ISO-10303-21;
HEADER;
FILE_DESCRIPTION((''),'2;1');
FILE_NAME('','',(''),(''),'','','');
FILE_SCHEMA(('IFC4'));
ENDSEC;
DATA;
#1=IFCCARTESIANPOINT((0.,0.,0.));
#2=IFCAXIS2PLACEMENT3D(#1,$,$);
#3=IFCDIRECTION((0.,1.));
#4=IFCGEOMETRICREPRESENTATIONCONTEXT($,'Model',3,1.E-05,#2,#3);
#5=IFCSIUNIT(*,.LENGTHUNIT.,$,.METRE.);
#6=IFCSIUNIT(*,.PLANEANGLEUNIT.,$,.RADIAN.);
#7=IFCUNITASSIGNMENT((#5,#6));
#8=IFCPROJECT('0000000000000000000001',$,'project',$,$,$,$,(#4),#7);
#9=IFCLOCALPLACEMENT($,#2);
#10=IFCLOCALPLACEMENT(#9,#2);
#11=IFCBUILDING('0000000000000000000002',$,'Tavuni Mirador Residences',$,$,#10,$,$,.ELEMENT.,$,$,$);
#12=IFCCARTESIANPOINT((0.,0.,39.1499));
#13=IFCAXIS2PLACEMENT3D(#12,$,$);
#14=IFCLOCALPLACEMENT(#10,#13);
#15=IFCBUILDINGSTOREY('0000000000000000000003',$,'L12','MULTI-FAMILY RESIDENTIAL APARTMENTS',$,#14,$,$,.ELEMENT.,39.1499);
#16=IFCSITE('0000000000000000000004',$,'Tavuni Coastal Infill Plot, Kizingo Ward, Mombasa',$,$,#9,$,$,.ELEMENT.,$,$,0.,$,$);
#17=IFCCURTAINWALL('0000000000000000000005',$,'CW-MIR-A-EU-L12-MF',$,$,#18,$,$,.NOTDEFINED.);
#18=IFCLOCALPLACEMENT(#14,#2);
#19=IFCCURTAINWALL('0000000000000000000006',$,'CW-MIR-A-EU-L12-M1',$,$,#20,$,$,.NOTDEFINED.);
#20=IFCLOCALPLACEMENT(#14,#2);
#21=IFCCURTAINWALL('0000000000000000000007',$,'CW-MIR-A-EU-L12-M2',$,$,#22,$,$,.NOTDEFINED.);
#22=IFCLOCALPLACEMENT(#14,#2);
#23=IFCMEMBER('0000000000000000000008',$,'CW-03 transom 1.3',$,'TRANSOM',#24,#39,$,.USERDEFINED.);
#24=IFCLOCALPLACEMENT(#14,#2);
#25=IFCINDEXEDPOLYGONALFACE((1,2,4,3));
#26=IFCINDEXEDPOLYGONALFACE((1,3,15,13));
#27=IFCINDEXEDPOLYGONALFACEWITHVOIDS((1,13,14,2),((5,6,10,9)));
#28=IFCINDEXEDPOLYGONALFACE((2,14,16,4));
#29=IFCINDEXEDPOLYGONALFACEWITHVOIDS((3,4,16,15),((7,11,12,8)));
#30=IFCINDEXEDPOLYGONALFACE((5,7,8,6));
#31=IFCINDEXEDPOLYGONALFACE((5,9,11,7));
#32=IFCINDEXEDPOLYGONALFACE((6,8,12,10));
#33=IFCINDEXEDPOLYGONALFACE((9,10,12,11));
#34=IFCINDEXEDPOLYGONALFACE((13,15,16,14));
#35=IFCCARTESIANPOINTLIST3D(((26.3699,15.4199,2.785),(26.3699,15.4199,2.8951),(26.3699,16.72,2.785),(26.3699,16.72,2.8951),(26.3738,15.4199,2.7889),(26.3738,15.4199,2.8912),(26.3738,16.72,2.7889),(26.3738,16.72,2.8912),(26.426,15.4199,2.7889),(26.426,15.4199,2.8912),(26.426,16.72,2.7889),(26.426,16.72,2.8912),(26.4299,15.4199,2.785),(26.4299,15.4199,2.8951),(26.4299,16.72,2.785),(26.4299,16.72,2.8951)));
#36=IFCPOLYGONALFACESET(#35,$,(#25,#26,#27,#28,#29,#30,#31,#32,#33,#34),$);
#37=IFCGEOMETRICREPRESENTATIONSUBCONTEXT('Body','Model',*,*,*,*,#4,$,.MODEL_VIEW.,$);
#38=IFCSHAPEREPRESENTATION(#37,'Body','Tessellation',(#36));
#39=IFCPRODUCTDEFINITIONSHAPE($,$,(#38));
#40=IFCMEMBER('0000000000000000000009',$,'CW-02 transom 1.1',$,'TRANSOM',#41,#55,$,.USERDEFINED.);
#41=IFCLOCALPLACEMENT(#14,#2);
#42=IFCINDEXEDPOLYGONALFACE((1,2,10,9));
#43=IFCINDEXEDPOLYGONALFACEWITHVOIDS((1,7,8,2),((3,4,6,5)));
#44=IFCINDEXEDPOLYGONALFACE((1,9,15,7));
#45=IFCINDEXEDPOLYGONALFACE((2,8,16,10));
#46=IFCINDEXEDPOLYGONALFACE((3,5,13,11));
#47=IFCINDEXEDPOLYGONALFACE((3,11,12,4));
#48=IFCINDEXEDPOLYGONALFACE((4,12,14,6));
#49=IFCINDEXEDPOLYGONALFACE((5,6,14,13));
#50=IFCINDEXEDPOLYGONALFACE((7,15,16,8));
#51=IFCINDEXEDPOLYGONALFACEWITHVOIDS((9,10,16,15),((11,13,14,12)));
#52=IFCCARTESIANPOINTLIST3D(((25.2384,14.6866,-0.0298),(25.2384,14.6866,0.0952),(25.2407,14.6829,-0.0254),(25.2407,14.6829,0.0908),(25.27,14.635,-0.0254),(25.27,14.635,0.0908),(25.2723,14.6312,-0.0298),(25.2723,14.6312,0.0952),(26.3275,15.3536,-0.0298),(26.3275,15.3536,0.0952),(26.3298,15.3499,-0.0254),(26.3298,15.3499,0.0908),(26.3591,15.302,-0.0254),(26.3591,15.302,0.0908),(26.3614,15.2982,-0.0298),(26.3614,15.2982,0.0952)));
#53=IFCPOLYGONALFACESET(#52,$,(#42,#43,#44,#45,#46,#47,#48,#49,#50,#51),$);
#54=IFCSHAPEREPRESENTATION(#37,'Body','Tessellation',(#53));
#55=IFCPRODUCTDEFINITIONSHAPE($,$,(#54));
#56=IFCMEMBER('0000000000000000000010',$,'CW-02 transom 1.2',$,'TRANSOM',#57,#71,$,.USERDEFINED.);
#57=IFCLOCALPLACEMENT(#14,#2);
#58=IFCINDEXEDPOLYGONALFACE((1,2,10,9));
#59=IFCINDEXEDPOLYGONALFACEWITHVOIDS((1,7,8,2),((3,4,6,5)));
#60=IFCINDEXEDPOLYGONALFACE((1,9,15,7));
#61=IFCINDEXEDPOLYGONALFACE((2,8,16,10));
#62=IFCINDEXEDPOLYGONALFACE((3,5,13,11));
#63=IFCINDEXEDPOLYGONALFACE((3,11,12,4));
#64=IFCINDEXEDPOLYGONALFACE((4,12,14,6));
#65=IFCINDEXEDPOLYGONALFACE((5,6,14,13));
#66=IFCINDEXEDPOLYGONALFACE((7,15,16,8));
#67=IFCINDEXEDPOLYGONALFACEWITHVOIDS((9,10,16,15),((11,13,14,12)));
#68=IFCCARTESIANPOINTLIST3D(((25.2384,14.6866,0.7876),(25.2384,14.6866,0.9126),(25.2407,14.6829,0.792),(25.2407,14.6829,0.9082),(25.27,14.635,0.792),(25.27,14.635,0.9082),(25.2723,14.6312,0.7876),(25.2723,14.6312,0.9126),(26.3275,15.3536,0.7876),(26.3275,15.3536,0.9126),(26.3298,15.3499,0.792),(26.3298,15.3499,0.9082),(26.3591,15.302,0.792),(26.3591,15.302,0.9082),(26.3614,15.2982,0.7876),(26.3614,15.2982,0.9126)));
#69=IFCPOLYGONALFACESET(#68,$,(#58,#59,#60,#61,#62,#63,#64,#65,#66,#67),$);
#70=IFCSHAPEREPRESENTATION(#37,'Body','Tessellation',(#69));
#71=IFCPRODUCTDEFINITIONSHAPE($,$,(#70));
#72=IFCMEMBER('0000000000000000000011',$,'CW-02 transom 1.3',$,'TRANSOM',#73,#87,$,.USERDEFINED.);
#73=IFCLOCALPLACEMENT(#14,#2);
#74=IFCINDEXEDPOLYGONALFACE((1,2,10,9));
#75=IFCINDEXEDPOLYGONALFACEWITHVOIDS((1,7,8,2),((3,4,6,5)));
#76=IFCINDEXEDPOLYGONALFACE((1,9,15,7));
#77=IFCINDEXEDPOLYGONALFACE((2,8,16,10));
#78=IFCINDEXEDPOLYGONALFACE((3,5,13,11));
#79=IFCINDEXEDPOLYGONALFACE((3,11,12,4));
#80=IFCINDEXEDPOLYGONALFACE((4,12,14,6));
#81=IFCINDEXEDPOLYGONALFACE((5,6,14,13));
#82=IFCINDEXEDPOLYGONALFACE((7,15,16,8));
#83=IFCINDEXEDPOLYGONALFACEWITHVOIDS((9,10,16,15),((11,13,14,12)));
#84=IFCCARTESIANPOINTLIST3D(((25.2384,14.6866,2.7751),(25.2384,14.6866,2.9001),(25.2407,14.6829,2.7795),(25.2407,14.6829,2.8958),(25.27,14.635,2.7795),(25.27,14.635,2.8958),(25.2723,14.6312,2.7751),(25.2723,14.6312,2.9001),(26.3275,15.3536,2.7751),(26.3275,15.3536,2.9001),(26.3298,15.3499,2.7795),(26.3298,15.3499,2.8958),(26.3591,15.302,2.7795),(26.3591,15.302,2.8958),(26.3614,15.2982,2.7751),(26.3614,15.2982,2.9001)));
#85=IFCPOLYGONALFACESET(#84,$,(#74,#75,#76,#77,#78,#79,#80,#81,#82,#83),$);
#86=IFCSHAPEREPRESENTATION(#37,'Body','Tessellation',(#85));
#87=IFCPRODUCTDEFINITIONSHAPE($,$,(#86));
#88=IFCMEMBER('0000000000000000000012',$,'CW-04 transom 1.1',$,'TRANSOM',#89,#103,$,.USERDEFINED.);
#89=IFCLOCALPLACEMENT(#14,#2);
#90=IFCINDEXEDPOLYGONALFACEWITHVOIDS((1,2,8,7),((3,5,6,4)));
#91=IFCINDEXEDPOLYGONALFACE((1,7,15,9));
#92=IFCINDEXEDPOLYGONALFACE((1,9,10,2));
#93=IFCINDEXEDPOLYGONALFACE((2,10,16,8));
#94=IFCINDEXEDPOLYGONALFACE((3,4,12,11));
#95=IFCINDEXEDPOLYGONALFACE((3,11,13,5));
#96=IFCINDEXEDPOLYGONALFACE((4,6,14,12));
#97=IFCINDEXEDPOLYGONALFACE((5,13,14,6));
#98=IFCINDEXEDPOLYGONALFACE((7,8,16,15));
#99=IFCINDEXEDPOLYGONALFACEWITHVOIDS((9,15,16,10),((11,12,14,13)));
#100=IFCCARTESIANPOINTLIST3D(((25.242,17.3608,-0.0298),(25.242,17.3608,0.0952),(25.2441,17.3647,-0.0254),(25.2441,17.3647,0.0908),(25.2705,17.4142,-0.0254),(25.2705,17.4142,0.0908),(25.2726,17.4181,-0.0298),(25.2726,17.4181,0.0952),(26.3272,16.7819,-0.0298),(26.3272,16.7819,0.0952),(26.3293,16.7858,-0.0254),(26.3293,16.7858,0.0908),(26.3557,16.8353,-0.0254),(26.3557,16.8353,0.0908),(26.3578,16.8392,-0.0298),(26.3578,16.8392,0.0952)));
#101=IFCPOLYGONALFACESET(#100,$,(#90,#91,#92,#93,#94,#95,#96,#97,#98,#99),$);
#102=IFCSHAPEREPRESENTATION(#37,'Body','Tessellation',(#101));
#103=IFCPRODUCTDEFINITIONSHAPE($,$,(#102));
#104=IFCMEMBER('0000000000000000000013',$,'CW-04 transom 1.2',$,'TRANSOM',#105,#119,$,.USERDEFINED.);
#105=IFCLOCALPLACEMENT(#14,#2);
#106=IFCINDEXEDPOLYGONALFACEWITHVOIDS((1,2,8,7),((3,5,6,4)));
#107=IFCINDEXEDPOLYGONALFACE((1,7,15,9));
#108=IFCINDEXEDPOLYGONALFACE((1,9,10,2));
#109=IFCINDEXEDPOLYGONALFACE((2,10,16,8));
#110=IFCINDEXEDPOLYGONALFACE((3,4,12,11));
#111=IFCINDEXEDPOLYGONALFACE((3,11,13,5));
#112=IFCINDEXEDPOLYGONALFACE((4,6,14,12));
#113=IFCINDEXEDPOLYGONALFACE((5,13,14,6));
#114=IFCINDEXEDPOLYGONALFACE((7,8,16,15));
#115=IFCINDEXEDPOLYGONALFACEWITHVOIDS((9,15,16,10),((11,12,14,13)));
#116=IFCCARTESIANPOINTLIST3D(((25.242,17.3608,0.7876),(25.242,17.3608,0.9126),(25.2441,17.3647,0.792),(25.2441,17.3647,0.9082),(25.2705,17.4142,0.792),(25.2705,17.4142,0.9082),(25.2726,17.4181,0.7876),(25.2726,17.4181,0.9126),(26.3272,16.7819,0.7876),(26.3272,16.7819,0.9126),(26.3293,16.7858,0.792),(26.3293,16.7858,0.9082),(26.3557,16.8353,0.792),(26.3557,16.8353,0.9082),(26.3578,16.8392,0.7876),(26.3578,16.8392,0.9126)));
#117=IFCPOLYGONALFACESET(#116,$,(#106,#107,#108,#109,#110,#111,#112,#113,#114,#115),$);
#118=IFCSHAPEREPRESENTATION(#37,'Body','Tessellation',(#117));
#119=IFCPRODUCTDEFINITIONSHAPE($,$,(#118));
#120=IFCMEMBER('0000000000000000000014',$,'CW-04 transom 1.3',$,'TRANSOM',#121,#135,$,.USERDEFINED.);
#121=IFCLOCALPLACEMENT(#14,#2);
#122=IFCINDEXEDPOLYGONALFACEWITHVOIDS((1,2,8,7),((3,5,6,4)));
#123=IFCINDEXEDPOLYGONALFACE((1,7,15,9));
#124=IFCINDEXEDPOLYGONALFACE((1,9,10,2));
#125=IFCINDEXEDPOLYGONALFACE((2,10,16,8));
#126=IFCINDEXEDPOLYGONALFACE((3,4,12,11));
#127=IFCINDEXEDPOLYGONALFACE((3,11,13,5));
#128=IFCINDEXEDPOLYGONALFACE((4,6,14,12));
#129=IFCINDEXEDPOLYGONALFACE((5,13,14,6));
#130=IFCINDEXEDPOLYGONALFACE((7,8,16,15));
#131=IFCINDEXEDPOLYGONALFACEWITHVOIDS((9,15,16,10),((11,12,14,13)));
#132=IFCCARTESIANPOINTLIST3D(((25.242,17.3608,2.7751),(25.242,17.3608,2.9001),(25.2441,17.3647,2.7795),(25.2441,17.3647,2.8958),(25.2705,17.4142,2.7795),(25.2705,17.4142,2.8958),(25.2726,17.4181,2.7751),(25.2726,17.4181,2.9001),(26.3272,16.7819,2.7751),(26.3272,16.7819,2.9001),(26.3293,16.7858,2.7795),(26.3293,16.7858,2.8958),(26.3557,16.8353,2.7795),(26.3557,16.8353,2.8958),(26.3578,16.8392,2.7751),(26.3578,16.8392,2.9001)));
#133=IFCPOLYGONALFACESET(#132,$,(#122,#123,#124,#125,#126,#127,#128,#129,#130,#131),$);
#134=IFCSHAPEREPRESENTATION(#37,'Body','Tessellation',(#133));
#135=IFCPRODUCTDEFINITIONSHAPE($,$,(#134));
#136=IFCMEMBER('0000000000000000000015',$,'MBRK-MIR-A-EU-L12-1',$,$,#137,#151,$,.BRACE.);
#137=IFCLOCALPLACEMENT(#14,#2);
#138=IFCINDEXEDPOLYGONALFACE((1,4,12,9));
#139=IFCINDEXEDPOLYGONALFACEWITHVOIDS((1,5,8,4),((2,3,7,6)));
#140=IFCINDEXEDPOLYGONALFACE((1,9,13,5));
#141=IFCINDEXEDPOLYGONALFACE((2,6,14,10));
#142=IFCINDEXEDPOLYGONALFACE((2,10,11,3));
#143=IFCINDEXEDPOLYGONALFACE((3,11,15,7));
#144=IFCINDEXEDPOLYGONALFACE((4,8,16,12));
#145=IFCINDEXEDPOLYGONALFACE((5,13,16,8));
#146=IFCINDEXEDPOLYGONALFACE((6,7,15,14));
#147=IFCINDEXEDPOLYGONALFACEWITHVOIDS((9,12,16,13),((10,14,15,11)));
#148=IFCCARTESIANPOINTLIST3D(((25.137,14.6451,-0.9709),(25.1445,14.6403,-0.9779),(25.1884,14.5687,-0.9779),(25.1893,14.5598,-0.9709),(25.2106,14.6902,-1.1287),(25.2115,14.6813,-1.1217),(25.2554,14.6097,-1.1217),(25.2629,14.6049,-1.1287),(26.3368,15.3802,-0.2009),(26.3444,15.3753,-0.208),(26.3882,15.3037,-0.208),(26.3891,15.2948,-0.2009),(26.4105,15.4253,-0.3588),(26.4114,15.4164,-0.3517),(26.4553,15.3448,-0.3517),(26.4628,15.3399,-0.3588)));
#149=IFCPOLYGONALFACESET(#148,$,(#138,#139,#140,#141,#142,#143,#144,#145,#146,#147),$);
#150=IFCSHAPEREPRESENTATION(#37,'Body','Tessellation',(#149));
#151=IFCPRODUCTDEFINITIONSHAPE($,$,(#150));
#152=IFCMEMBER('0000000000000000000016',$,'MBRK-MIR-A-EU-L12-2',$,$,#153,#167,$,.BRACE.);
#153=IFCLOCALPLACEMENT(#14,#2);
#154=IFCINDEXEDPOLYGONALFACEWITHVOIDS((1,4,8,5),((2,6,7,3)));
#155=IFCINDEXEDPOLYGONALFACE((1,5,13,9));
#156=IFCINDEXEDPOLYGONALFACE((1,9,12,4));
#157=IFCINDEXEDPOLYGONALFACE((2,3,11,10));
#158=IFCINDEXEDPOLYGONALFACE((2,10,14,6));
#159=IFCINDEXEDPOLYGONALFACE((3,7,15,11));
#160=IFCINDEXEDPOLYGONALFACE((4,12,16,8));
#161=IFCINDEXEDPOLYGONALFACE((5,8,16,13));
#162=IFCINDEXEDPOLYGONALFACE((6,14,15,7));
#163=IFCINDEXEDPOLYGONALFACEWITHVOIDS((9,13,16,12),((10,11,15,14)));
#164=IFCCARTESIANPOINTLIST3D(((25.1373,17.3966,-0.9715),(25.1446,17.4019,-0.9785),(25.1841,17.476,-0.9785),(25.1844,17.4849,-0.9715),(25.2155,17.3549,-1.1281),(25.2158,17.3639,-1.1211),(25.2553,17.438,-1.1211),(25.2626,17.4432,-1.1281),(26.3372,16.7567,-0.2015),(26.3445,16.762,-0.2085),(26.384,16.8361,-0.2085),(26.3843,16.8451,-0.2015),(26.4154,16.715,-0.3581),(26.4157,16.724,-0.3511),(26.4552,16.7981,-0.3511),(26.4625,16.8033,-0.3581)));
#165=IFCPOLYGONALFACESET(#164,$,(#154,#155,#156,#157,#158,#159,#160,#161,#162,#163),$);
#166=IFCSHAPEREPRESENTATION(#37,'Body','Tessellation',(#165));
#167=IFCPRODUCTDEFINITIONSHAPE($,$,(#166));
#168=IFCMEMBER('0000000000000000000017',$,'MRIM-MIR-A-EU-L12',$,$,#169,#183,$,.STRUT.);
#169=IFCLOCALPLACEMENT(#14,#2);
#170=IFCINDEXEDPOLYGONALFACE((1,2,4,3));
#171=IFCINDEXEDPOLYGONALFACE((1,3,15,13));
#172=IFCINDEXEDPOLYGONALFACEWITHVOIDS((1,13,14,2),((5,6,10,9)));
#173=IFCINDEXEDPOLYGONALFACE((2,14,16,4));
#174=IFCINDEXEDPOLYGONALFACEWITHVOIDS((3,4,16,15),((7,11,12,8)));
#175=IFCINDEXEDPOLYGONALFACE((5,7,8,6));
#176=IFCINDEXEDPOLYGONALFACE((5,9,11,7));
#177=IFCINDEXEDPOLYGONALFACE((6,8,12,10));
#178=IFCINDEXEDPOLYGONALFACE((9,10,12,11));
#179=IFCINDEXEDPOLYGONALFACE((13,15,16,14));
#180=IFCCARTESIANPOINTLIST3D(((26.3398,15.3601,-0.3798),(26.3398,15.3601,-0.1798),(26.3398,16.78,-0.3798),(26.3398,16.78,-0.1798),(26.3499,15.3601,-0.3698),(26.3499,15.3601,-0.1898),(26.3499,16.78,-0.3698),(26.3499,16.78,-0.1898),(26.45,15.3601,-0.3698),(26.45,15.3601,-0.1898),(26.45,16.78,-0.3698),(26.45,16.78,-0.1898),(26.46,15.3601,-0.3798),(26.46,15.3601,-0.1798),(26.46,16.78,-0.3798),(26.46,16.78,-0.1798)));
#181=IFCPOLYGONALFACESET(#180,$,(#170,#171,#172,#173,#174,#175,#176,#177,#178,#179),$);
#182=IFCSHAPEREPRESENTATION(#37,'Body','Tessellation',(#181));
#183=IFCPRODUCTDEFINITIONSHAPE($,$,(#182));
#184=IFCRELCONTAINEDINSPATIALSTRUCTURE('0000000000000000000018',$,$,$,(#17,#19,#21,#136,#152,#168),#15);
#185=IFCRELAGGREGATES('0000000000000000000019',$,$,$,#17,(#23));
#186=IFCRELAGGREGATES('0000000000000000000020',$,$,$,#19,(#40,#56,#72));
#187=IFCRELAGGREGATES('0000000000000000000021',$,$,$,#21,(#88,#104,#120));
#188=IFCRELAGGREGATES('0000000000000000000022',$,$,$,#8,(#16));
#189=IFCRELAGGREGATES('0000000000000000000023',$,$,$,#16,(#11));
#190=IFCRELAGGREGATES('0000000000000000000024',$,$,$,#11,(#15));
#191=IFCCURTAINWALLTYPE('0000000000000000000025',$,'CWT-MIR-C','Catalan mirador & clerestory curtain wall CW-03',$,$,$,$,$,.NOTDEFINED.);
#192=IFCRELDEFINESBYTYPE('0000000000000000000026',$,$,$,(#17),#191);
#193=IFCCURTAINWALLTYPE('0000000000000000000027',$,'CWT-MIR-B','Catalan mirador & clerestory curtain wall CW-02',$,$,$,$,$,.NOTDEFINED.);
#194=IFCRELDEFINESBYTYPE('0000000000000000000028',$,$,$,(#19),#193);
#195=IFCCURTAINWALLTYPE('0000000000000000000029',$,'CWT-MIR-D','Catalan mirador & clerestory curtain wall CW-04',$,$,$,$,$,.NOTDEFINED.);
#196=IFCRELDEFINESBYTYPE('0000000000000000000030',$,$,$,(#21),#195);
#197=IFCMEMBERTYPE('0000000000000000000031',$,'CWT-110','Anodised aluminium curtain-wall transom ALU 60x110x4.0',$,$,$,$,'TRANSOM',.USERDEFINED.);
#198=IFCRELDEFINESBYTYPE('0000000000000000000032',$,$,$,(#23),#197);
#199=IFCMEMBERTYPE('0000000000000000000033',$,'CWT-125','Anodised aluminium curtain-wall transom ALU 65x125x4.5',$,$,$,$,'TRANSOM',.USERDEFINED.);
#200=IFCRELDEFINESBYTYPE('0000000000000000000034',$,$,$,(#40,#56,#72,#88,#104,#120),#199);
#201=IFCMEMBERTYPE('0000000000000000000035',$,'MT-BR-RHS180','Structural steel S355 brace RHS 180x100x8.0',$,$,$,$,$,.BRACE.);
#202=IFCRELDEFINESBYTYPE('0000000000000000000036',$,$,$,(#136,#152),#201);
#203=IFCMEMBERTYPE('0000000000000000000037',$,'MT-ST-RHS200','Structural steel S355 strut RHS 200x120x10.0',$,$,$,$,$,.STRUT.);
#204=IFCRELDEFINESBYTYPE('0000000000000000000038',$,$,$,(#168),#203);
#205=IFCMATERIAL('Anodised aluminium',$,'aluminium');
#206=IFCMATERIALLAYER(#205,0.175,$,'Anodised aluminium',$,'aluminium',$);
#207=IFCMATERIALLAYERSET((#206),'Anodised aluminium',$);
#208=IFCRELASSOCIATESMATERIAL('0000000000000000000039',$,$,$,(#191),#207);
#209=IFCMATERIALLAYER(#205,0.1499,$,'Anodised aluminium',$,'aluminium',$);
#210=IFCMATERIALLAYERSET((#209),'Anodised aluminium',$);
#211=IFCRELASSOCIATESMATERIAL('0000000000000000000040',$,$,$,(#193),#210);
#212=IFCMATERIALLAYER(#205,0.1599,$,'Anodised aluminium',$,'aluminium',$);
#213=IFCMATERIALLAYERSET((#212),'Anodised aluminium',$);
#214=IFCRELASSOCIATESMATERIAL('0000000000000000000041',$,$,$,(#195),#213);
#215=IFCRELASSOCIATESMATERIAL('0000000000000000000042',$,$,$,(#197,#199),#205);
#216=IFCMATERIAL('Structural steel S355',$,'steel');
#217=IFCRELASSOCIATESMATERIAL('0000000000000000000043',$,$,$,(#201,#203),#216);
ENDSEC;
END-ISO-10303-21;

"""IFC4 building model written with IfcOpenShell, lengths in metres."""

from ifc_helpers import new_model, si_unit, direction, frame, origin, origin_2d, place, context, subcontext, project, spatial, hollow_rectangle, extrude, material, layer, layer_set, material_profile, profile_set, type_object, element, aggregate, save


model = new_model("IFC4")

# Units and contexts
model_context = context("Model", 3, precision=1e-05, world=origin(), true_north=direction((0.0, 1.0)))
body_context = subcontext(model_context, "Body", "Model", "MODEL_VIEW")
ifc_project = project(units=[si_unit("LENGTHUNIT", "METRE"), si_unit("PLANEANGLEUNIT", "RADIAN")], contexts=[model_context])

# Site, building, storey
site_placement = place(None, origin())
site = spatial("IfcSite", under=ifc_project, at=site_placement, Name="Tavuni Coastal Infill Plot, Kizingo Ward, Mombasa", CompositionType="ELEMENT", RefElevation=0.0)
building_placement = place(site_placement, origin())
building = spatial("IfcBuilding", under=site, at=building_placement, Name="Tavuni Mirador Residences", CompositionType="ELEMENT")
storey_placement = place(building_placement, frame((0.0, 0.0, 39.1499)))
storey = spatial("IfcBuildingStorey", under=building, at=storey_placement, Name="L12", Description="MULTI-FAMILY RESIDENTIAL APARTMENTS", CompositionType="ELEMENT", Elevation=39.1499)

# Curtain walls
ifc_material_1 = material(Name="Anodised aluminium", Category="aluminium")
ifc_layer_1 = layer(ifc_material_1, 0.175, Name="Anodised aluminium", Category="aluminium")
ifc_layer_set_1 = layer_set([ifc_layer_1], Name="Anodised aluminium")
curtain_wall_type_1 = type_object("IfcCurtainWallType", Name="CWT-MIR-C", Description="Catalan mirador & clerestory curtain wall CW-03", PredefinedType="NOTDEFINED", material=ifc_layer_set_1)
curtain_wall_1_placement = place(storey_placement, origin())
curtain_wall_1 = element("IfcCurtainWall", 1, at=curtain_wall_1_placement, inside=storey, type_object=curtain_wall_type_1, Name="CW-MIR-A-EU-L12-MF", PredefinedType="NOTDEFINED")
ifc_layer_2 = layer(ifc_material_1, 0.1499, Name="Anodised aluminium", Category="aluminium")
ifc_layer_set_2 = layer_set([ifc_layer_2], Name="Anodised aluminium")
curtain_wall_type_2 = type_object("IfcCurtainWallType", Name="CWT-MIR-B", Description="Catalan mirador & clerestory curtain wall CW-02", PredefinedType="NOTDEFINED", material=ifc_layer_set_2)
curtain_wall_2_placement = place(storey_placement, origin())
curtain_wall_2 = element("IfcCurtainWall", 2, at=curtain_wall_2_placement, inside=storey, type_object=curtain_wall_type_2, Name="CW-MIR-A-EU-L12-M1", PredefinedType="NOTDEFINED")
ifc_layer_3 = layer(ifc_material_1, 0.1599, Name="Anodised aluminium", Category="aluminium")
ifc_layer_set_3 = layer_set([ifc_layer_3], Name="Anodised aluminium")
curtain_wall_type_3 = type_object("IfcCurtainWallType", Name="CWT-MIR-D", Description="Catalan mirador & clerestory curtain wall CW-04", PredefinedType="NOTDEFINED", material=ifc_layer_set_3)
curtain_wall_3_placement = place(storey_placement, origin())
curtain_wall_3 = element("IfcCurtainWall", 3, at=curtain_wall_3_placement, inside=storey, type_object=curtain_wall_type_3, Name="CW-MIR-A-EU-L12-M2", PredefinedType="NOTDEFINED")

# Members
ifc_material_profile_1 = material_profile(ifc_material_1, hollow_rectangle(XDim=0.0601, YDim=0.1101, WallThickness=0.0039, at=origin_2d()), Name="ALU 60x110x4.0", Category="aluminium")
ifc_profile_set_1 = profile_set([ifc_material_profile_1], Name="Anodised aluminium")
member_type_1 = type_object("IfcMemberType", Name="CWT-110", Description="Anodised aluminium curtain-wall transom ALU 60x110x4.0", ElementType="TRANSOM", PredefinedType="USERDEFINED", material=ifc_profile_set_1)
member_1_placement = place(storey_placement, frame((26.3999, 15.4199, 2.8401), z_axis=(0.0, 1.0, 0.0), x_axis=(-1.0, 0.0, 0.0)))
member_1 = element("IfcMember", 4, at=member_1_placement, type_object=member_type_1, Name="CW-03 transom 1.3", ObjectType="TRANSOM", PredefinedType="USERDEFINED", context=body_context, shape_type="SweptSolid", body=[
    extrude(hollow_rectangle(XDim=0.0601, YDim=0.1101, WallThickness=0.0039, at=origin_2d()), origin(), (0.0, 0.0, 1.0), 1.3),
])
ifc_material_profile_2 = material_profile(ifc_material_1, hollow_rectangle(XDim=0.0649, YDim=0.125, WallThickness=0.0044, at=origin_2d()), Name="ALU 65x125x4.5", Category="aluminium")
ifc_profile_set_2 = profile_set([ifc_material_profile_2], Name="Anodised aluminium")
member_type_2 = type_object("IfcMemberType", Name="CWT-125", Description="Anodised aluminium curtain-wall transom ALU 65x125x4.5", ElementType="TRANSOM", PredefinedType="USERDEFINED", material=ifc_profile_set_2)
member_2_placement = place(storey_placement, frame((25.2554, 14.6589, 0.0327), z_axis=(0.852785, 0.522262, 0.0), x_axis=(-0.522262, 0.852785, 0.0)))
member_2 = element("IfcMember", 5, at=member_2_placement, type_object=member_type_2, Name="CW-02 transom 1.1", ObjectType="TRANSOM", PredefinedType="USERDEFINED", context=body_context, shape_type="SweptSolid", body=[
    extrude(hollow_rectangle(XDim=0.0649, YDim=0.125, WallThickness=0.0044, at=origin_2d()), origin(), (0.0, 0.0, 1.0), 1.2771),
])
member_3_placement = place(storey_placement, frame((25.2554, 14.6589, 0.8501), z_axis=(0.852785, 0.522262, 0.0), x_axis=(-0.522262, 0.852785, 0.0)))
member_3 = element("IfcMember", 6, at=member_3_placement, type_object=member_type_2, Name="CW-02 transom 1.2", ObjectType="TRANSOM", PredefinedType="USERDEFINED", context=body_context, shape_type="SweptSolid", body=[
    extrude(hollow_rectangle(XDim=0.0649, YDim=0.125, WallThickness=0.0044, at=origin_2d()), origin(), (0.0, 0.0, 1.0), 1.2771),
])
member_4_placement = place(storey_placement, frame((25.2554, 14.6589, 2.8376), z_axis=(0.852785, 0.522262, 0.0), x_axis=(-0.522262, 0.852785, 0.0)))
member_4 = element("IfcMember", 7, at=member_4_placement, type_object=member_type_2, Name="CW-02 transom 1.3", ObjectType="TRANSOM", PredefinedType="USERDEFINED", context=body_context, shape_type="SweptSolid", body=[
    extrude(hollow_rectangle(XDim=0.0649, YDim=0.125, WallThickness=0.0044, at=origin_2d()), origin(), (0.0, 0.0, 1.0), 1.2771),
])
member_5_placement = place(storey_placement, frame((26.3425, 16.8105, 0.0327), z_axis=(-0.882325, 0.47064, 0.0), x_axis=(-0.47064, -0.882325, 0.0)))
member_5 = element("IfcMember", 8, at=member_5_placement, type_object=member_type_2, Name="CW-04 transom 1.1", ObjectType="TRANSOM", PredefinedType="USERDEFINED", context=body_context, shape_type="SweptSolid", body=[
    extrude(hollow_rectangle(XDim=0.0649, YDim=0.125, WallThickness=0.0044, at=origin_2d()), origin(), (0.0, 0.0, 1.0), 1.23),
])
member_6_placement = place(storey_placement, frame((26.3425, 16.8105, 0.8501), z_axis=(-0.882325, 0.47064, 0.0), x_axis=(-0.47064, -0.882325, 0.0)))
member_6 = element("IfcMember", 9, at=member_6_placement, type_object=member_type_2, Name="CW-04 transom 1.2", ObjectType="TRANSOM", PredefinedType="USERDEFINED", context=body_context, shape_type="SweptSolid", body=[
    extrude(hollow_rectangle(XDim=0.0649, YDim=0.125, WallThickness=0.0044, at=origin_2d()), origin(), (0.0, 0.0, 1.0), 1.23),
])
member_7_placement = place(storey_placement, frame((26.3425, 16.8105, 2.8376), z_axis=(-0.882325, 0.47064, 0.0), x_axis=(-0.47064, -0.882325, 0.0)))
member_7 = element("IfcMember", 10, at=member_7_placement, type_object=member_type_2, Name="CW-04 transom 1.3", ObjectType="TRANSOM", PredefinedType="USERDEFINED", context=body_context, shape_type="SweptSolid", body=[
    extrude(hollow_rectangle(XDim=0.0649, YDim=0.125, WallThickness=0.0044, at=origin_2d()), origin(), (0.0, 0.0, 1.0), 1.23),
])

# Members
ifc_material_2 = material(Name="Structural steel S355", Category="steel")
ifc_material_profile_3 = material_profile(ifc_material_2, hollow_rectangle(XDim=0.1001, YDim=0.1799, WallThickness=0.0081, at=origin_2d()), Name="RHS 180x100x8.0", Category="steel")
ifc_profile_set_3 = profile_set([ifc_material_profile_3], Name="Structural steel S355")
member_type_3 = type_object("IfcMemberType", Name="MT-BR-RHS180", Description="Structural steel S355 brace RHS 180x100x8.0", PredefinedType="BRACE", material=ifc_profile_set_3)
member_8_placement = place(storey_placement, frame((25.2, 14.625, -1.0498), z_axis=(0.748044, 0.458263, 0.480027), x_axis=(-0.522383, 0.852711, 0.0)))
element("IfcMember", 11, at=member_8_placement, inside=storey, type_object=member_type_3, Name="MBRK-MIR-A-EU-L12-1", PredefinedType="BRACE", context=body_context, shape_type="SweptSolid", body=[
    extrude(hollow_rectangle(XDim=0.1001, YDim=0.1799, WallThickness=0.0081, at=origin_2d()), origin(), (0.0, 0.0, 1.0), 1.604),
])
member_9_placement = place(storey_placement, frame((25.2, 17.4199, -1.0498), z_axis=(0.767832, -0.409458, 0.492725), x_axis=(0.470542, 0.882378, 0.0)))
element("IfcMember", 12, at=member_9_placement, inside=storey, type_object=member_type_3, Name="MBRK-MIR-A-EU-L12-2", PredefinedType="BRACE", context=body_context, shape_type="SweptSolid", body=[
    extrude(hollow_rectangle(XDim=0.1001, YDim=0.1799, WallThickness=0.0081, at=origin_2d()), origin(), (0.0, 0.0, 1.0), 1.5627),
])
ifc_material_profile_4 = material_profile(ifc_material_2, hollow_rectangle(XDim=0.1201, YDim=0.2, WallThickness=0.01, at=origin_2d()), Name="RHS 200x120x10.0", Category="steel")
ifc_profile_set_4 = profile_set([ifc_material_profile_4], Name="Structural steel S355")
member_type_4 = type_object("IfcMemberType", Name="MT-ST-RHS200", Description="Structural steel S355 strut RHS 200x120x10.0", PredefinedType="STRUT", material=ifc_profile_set_4)
member_10_placement = place(storey_placement, frame((26.3999, 15.3601, -0.2798), z_axis=(0.0, 1.0, 0.0), x_axis=(-1.0, 0.0, 0.0)))
element("IfcMember", 13, at=member_10_placement, inside=storey, type_object=member_type_4, Name="MRIM-MIR-A-EU-L12", PredefinedType="STRUT", context=body_context, shape_type="SweptSolid", body=[
    extrude(hollow_rectangle(XDim=0.1201, YDim=0.2, WallThickness=0.01, at=origin_2d()), origin(), (0.0, 0.0, 1.0), 1.4199),
])

aggregate(curtain_wall_1, [member_1])
aggregate(curtain_wall_2, [member_2, member_3, member_4])
aggregate(curtain_wall_3, [member_5, member_6, member_7])

save(model, "model.ifc")
